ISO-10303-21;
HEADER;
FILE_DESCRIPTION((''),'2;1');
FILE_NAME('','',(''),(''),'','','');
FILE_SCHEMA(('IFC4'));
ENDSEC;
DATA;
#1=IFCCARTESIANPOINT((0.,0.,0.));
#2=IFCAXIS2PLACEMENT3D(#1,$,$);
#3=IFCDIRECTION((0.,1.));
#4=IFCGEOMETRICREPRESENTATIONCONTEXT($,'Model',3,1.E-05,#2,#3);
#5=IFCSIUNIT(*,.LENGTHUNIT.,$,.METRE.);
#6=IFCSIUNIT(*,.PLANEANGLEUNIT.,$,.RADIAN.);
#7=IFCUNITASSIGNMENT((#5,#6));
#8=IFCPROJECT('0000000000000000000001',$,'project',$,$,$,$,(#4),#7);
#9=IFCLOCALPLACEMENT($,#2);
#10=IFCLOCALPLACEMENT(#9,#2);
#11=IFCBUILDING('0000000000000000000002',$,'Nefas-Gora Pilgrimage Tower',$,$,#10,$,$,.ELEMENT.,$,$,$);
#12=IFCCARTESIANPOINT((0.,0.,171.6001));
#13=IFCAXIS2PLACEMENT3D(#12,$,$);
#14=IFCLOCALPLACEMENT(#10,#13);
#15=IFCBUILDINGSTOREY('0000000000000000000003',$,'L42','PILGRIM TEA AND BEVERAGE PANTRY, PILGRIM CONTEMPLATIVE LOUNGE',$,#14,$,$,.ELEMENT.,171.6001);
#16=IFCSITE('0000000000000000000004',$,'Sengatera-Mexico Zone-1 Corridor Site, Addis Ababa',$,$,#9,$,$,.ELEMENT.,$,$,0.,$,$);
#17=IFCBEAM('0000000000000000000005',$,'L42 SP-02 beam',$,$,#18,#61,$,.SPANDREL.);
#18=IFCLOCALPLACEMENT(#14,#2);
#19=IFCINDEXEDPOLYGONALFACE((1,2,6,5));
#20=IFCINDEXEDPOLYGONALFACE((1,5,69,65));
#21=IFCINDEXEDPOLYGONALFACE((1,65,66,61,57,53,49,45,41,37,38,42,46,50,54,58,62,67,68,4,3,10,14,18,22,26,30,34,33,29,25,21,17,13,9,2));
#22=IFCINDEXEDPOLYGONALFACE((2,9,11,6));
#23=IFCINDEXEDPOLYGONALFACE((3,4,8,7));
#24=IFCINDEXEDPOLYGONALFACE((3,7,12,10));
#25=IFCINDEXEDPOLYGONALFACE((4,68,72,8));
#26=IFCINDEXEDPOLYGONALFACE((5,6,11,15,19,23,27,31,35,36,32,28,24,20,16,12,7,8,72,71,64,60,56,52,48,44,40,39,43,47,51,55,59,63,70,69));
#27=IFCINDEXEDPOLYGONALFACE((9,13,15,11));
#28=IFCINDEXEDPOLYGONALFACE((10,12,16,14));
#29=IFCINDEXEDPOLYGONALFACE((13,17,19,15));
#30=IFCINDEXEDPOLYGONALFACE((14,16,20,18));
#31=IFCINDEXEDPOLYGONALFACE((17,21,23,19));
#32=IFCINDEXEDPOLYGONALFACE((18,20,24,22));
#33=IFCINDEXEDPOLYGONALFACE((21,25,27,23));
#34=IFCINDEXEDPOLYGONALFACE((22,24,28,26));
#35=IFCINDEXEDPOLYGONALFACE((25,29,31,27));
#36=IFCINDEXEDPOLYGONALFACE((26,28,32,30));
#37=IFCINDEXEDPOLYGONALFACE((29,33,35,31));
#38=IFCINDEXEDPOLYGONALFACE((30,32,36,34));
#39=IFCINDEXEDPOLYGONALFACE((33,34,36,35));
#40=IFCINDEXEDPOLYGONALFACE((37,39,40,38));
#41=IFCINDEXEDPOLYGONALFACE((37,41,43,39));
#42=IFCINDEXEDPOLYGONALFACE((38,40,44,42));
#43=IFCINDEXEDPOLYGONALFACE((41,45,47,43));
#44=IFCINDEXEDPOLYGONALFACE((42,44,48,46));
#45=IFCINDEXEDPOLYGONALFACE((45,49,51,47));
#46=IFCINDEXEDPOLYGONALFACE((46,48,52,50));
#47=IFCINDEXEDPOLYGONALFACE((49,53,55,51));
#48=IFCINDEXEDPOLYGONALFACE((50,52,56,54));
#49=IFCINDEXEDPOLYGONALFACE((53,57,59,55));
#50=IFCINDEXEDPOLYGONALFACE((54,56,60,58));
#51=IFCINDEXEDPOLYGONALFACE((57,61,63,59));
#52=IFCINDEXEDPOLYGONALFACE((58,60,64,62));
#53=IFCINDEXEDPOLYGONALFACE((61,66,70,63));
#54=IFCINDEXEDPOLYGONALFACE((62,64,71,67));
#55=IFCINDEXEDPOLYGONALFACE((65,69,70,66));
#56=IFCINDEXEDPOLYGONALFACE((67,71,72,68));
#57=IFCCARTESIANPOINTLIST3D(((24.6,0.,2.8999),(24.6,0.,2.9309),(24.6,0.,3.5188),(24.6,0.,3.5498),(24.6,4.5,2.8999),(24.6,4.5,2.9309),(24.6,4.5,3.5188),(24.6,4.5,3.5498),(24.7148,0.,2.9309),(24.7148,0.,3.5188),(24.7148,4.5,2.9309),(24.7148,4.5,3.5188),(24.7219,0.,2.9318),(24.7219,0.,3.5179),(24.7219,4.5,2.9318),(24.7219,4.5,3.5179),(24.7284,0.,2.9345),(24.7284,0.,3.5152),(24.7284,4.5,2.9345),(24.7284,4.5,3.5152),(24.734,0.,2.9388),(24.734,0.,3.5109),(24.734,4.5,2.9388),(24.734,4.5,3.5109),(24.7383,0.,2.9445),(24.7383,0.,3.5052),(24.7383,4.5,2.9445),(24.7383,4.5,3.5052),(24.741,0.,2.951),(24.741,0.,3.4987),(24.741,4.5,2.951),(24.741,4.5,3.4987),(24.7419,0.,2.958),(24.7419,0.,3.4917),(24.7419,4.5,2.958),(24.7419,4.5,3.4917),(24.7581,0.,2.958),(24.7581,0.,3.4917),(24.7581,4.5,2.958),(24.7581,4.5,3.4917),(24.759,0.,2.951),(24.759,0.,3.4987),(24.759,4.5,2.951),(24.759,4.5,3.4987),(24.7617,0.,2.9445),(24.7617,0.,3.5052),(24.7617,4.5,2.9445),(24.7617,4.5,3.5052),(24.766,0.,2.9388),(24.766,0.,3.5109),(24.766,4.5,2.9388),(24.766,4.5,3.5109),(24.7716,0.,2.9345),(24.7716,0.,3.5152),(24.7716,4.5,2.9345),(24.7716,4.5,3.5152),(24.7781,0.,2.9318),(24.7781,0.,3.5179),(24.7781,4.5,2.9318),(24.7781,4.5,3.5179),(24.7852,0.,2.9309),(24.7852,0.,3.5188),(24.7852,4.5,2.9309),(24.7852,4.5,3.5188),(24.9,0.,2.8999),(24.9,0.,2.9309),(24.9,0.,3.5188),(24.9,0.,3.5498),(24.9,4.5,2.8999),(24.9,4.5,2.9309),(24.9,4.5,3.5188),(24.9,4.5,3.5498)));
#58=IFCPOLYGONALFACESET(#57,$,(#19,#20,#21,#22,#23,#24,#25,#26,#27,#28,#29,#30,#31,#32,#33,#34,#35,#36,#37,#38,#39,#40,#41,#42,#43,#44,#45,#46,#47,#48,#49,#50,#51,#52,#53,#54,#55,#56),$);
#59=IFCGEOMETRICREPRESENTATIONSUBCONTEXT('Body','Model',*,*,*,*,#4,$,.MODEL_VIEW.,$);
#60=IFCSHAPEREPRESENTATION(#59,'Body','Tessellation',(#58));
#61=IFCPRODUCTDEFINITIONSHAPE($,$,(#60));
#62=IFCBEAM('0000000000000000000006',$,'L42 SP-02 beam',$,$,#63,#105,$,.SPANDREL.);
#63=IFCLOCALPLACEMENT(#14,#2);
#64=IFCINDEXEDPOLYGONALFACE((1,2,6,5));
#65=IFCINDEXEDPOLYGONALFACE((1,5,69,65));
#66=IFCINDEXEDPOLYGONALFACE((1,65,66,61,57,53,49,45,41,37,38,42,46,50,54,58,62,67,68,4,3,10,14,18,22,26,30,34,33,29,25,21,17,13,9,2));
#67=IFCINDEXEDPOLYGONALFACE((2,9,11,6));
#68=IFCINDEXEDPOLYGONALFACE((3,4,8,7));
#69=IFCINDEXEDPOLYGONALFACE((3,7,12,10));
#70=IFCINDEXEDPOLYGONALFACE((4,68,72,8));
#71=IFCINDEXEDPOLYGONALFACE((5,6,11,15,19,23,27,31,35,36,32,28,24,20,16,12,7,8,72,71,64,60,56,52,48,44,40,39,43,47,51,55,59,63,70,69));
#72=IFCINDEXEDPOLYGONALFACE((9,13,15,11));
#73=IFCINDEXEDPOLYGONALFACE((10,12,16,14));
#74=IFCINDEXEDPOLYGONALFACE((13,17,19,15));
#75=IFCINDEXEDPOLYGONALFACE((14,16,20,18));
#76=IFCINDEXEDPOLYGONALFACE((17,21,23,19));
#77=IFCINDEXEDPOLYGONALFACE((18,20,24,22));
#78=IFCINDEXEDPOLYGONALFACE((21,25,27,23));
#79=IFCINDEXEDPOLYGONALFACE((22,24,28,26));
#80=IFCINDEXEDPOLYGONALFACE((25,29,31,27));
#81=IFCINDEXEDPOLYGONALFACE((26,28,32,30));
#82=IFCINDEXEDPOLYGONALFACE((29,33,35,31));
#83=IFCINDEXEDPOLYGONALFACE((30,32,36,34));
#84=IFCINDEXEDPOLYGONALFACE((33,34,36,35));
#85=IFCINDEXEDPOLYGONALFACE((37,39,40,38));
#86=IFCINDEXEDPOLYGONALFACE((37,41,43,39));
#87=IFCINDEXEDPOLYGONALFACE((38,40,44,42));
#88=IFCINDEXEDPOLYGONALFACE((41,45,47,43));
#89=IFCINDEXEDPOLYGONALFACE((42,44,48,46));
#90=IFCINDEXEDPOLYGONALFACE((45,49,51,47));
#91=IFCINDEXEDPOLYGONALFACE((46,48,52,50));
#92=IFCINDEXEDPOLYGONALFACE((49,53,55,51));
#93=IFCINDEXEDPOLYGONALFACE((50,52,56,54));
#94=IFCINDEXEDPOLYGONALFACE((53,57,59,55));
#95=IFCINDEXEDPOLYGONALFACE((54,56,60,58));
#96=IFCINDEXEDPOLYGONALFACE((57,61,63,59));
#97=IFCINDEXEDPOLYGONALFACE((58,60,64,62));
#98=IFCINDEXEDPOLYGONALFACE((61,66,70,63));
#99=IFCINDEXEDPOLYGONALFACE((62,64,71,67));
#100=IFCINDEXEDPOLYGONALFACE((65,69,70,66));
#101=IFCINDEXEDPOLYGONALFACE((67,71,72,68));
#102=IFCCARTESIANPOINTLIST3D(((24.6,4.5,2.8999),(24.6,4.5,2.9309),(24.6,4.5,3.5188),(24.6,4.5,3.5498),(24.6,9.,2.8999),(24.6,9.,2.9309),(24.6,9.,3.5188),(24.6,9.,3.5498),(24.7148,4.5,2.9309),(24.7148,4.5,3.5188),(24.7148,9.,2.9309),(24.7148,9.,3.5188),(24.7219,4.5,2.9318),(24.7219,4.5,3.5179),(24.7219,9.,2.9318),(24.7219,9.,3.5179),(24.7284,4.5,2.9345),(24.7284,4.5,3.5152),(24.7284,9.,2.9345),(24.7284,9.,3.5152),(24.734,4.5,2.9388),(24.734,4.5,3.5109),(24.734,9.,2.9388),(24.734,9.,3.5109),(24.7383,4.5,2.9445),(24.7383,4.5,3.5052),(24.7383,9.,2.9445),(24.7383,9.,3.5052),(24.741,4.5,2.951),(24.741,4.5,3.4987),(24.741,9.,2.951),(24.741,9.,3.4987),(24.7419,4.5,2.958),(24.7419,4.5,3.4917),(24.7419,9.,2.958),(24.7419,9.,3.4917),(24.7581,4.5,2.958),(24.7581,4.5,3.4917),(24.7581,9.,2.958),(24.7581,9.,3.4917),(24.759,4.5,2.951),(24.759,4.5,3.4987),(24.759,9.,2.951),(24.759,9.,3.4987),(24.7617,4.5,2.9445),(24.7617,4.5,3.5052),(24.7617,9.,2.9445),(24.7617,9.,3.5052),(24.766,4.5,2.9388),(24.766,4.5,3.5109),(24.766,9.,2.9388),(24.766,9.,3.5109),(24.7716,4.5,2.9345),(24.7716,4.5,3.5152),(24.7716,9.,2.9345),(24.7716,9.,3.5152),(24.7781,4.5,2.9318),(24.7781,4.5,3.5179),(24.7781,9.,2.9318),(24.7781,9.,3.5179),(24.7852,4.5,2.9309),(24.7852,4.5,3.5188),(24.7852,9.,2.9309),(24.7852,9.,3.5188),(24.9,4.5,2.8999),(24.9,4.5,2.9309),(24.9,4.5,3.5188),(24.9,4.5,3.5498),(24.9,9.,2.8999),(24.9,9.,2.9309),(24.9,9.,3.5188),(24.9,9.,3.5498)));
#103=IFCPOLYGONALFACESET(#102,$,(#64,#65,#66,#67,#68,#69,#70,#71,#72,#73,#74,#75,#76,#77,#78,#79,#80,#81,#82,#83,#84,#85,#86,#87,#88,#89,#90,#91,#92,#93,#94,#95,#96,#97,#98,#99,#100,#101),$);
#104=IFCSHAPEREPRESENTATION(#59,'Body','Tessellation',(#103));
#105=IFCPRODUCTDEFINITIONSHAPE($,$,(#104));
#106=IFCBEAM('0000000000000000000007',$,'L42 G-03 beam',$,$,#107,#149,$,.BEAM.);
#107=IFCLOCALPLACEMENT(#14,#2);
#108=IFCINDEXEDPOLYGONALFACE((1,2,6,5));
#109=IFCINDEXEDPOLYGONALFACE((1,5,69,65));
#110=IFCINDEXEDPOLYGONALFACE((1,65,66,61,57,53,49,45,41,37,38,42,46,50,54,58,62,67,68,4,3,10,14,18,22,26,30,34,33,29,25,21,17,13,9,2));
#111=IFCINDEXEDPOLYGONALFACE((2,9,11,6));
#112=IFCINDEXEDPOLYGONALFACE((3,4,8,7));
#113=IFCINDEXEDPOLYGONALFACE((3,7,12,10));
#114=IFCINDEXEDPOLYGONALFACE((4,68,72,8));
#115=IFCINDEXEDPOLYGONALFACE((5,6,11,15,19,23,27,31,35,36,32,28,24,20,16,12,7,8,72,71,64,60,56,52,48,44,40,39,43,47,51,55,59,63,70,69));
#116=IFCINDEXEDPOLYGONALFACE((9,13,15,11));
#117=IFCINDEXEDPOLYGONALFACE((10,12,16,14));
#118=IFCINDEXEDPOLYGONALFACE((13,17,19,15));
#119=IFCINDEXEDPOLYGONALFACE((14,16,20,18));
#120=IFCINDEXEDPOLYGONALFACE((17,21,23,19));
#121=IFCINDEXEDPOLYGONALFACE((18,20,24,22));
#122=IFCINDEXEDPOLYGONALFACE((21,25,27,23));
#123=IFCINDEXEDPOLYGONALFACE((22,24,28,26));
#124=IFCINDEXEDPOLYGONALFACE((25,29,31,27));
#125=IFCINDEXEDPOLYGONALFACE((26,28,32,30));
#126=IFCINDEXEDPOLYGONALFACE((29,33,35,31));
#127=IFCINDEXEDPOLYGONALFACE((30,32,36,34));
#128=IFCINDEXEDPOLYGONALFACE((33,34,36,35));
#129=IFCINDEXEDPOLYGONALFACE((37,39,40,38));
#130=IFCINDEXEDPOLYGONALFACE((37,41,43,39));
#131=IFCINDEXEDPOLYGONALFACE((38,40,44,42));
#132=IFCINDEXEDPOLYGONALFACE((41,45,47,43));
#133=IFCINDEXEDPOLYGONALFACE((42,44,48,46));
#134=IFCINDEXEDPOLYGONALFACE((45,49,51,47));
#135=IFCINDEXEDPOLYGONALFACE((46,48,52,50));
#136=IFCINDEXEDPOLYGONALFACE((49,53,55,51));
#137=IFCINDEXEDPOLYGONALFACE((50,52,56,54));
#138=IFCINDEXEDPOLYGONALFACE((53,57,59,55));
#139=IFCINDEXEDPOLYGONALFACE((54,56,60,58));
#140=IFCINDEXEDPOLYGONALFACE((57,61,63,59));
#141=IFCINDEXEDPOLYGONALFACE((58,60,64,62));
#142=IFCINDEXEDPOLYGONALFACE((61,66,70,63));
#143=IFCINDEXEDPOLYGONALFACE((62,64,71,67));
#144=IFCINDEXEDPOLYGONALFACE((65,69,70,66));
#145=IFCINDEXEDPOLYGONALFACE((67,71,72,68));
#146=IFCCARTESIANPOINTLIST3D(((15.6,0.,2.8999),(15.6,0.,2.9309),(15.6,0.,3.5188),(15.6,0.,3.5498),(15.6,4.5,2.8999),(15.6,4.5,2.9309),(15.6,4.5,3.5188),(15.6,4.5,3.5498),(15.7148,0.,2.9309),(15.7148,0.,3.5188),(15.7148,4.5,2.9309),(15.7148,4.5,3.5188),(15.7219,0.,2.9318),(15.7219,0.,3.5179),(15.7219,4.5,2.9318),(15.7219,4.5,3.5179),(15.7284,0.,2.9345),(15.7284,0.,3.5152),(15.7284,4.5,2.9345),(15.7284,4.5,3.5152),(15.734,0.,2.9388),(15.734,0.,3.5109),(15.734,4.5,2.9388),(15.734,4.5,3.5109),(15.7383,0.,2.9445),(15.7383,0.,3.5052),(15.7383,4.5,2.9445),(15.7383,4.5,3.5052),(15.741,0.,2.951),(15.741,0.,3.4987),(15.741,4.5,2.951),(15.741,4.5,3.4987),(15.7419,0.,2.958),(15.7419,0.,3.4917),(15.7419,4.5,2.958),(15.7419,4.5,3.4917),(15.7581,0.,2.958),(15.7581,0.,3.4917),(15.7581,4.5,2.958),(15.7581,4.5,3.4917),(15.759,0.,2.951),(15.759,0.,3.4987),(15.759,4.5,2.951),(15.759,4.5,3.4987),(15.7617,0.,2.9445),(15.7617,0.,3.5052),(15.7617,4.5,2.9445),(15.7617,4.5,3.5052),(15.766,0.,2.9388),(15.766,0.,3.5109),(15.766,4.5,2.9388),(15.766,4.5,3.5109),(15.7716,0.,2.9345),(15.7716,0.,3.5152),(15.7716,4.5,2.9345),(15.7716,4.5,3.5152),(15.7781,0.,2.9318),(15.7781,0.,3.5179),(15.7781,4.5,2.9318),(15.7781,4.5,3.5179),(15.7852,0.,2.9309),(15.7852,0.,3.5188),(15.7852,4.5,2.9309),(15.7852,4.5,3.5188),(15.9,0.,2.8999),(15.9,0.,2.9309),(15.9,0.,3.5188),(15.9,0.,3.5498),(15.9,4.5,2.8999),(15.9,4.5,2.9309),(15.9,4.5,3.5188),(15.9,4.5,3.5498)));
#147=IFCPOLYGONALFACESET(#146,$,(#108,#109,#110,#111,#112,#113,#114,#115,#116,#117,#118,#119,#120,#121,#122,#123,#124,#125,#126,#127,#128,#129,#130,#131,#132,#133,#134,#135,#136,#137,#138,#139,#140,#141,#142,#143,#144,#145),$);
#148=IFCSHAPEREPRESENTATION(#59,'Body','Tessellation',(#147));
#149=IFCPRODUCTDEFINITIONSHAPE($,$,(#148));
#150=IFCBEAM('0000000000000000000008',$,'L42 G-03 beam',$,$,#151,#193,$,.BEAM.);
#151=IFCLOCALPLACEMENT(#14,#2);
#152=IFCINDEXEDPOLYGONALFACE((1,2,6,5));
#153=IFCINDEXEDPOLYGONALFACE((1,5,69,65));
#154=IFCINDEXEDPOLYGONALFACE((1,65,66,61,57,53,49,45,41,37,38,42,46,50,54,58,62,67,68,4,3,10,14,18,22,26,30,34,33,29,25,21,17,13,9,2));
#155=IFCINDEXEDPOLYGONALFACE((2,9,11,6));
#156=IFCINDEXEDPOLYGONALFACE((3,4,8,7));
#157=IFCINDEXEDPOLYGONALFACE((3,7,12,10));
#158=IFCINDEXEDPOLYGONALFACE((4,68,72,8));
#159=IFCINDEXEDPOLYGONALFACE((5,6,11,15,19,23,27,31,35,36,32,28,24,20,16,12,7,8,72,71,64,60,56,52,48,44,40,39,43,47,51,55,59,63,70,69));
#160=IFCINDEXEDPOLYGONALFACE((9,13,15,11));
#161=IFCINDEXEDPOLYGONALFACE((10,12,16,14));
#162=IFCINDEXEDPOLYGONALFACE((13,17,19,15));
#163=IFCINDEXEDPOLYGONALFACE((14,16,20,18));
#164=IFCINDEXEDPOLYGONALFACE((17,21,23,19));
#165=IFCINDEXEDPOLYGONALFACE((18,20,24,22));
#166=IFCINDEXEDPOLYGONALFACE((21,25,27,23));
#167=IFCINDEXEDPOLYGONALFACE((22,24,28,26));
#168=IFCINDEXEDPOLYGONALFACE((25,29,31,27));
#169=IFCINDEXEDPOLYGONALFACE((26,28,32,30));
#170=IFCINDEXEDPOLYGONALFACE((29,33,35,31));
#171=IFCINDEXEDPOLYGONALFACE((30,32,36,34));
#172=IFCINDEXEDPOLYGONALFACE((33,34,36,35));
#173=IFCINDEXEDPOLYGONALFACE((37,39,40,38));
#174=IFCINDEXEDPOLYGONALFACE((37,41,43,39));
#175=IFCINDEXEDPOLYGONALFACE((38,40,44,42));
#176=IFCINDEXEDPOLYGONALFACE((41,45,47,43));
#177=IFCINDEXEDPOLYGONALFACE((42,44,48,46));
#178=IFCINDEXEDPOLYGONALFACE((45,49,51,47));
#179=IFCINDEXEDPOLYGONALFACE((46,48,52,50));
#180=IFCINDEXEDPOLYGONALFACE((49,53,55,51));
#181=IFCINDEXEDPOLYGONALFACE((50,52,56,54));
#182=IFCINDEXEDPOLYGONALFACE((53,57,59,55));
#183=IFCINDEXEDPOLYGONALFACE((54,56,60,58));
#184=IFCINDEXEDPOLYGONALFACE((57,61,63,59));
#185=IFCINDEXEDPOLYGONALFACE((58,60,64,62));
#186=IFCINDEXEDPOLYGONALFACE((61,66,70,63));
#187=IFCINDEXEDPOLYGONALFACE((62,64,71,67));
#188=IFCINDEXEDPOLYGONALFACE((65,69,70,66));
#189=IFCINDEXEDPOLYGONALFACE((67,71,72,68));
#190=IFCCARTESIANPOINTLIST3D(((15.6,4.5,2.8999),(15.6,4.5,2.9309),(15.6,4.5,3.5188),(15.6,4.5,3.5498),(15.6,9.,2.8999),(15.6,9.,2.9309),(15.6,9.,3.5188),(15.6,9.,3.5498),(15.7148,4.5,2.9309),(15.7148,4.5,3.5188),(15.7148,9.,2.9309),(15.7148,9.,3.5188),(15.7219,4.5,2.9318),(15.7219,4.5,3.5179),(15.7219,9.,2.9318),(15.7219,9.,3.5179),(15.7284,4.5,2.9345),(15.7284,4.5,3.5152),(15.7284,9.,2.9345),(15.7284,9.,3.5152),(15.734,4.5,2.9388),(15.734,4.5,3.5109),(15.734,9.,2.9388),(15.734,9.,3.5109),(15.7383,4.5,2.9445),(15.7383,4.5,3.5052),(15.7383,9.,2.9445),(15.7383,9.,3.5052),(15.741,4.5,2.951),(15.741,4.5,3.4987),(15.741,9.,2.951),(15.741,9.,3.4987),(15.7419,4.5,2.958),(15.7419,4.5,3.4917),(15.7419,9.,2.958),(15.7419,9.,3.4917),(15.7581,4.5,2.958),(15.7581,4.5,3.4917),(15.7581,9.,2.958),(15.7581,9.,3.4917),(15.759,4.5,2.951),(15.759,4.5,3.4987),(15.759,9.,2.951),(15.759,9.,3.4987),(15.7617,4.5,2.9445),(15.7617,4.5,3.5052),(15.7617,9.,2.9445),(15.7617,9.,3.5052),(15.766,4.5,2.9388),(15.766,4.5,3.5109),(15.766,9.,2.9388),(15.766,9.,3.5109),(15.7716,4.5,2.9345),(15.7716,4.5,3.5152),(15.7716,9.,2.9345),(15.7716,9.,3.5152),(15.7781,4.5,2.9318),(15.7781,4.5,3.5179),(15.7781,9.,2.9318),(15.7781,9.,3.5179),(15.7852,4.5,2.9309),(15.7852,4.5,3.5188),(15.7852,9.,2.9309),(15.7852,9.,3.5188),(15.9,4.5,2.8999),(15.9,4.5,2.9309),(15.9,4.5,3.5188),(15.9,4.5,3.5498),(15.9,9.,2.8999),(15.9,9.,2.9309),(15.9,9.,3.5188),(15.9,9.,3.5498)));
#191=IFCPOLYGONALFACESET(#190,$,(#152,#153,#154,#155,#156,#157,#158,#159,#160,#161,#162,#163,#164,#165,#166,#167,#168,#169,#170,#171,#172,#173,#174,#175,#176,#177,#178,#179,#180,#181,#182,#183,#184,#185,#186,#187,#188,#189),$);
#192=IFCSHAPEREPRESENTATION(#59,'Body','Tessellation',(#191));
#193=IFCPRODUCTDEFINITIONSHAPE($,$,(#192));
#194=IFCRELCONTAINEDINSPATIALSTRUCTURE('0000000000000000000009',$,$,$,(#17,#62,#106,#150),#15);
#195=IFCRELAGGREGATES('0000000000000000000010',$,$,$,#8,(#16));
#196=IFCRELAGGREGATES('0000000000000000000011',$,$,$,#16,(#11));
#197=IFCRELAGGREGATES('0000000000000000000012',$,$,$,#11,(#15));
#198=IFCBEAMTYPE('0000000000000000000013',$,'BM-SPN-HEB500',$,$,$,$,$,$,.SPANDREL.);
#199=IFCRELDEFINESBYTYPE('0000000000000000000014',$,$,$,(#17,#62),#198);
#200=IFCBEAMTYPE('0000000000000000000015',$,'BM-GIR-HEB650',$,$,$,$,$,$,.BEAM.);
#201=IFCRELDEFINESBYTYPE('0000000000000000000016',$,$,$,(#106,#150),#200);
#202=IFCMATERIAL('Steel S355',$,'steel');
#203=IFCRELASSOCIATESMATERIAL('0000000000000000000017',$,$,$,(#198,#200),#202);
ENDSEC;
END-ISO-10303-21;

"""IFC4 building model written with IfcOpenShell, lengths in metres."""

from ifc_helpers import new_model, si_unit, direction, frame, origin, origin_2d, place, context, subcontext, project, spatial, i_section, extrude, source, transform, mapped, material, material_profile, profile_set, type_object, element, save


model = new_model("IFC4")

# Units and contexts
model_context = context("Model", 3, precision=1e-05, world=origin(), true_north=direction((0.0, 1.0)))
body_context = subcontext(model_context, "Body", "Model", "MODEL_VIEW")
ifc_project = project(units=[si_unit("LENGTHUNIT", "METRE"), si_unit("PLANEANGLEUNIT", "RADIAN")], contexts=[model_context])

# Site, building, storey
site_placement = place(None, origin())
site = spatial("IfcSite", under=ifc_project, at=site_placement, Name="Sengatera-Mexico Zone-1 Corridor Site, Addis Ababa", CompositionType="ELEMENT", RefElevation=0.0)
building_placement = place(site_placement, origin())
building = spatial("IfcBuilding", under=site, at=building_placement, Name="Nefas-Gora Pilgrimage Tower", CompositionType="ELEMENT")
storey_placement = place(building_placement, frame((0.0, 0.0, 171.6001)))
storey = spatial("IfcBuildingStorey", under=building, at=storey_placement, Name="L42", Description="PILGRIM TEA AND BEVERAGE PANTRY, PILGRIM CONTEMPLATIVE LOUNGE", CompositionType="ELEMENT", Elevation=171.6001)

# Beams
ifc_material_1 = material(Name="Steel S355", Category="steel")
ifc_material_profile_1 = material_profile(ifc_material_1, i_section(OverallWidth=0.3, OverallDepth=0.6499, WebThickness=0.0161, FlangeThickness=0.031, FilletRadius=0.0271, at=origin_2d()), Name="HEB 650")
ifc_profile_set_1 = profile_set([ifc_material_profile_1], Name="Steel S355")
beam_type_1 = type_object("IfcBeamType", Name="BM-SPN-HEB500", PredefinedType="SPANDREL", material=ifc_profile_set_1)
shared_shape_1 = source(origin(), body_context, "Body", "SweptSolid", [
    extrude(i_section(OverallWidth=0.3, OverallDepth=0.6499, WebThickness=0.0161, FlangeThickness=0.031, FilletRadius=0.0271, at=origin_2d()), origin(), (0.0, 0.0, 1.0), 4.5),
])
for number, where, z_axis, x_axis, name in (
    (1, (24.75, 0.0, 3.2249), (0.0, 1.0, 0.0), (-1.0, 0.0, 0.0), "L42 SP-02 beam"),
    (2, (24.75, 4.5, 3.2249), (0.0, 1.0, 0.0), (-1.0, 0.0, 0.0), "L42 SP-02 beam"),
):
    element("IfcBeam", number, at=place(storey_placement, frame(where, z_axis=z_axis, x_axis=x_axis)), inside=storey, type_object=beam_type_1, Name=name, PredefinedType="SPANDREL", context=body_context, shape_type="MappedRepresentation", body=[
        mapped(shared_shape_1, transform((0.0, 0.0, 0.0), x_axis=(1.0, 0.0, 0.0), y_axis=(0.0, 1.0, 0.0), z_axis=(0.0, 0.0, 1.0), scale=1.0)),
    ])
ifc_material_profile_2 = material_profile(ifc_material_1, i_section(OverallWidth=0.3, OverallDepth=0.6499, WebThickness=0.0161, FlangeThickness=0.031, FilletRadius=0.0271, at=origin_2d()), Name="HEB 650")
ifc_profile_set_2 = profile_set([ifc_material_profile_2], Name="Steel S355")
beam_type_2 = type_object("IfcBeamType", Name="BM-GIR-HEB650", PredefinedType="BEAM", material=ifc_profile_set_2)
shared_shape_2 = source(origin(), body_context, "Body", "SweptSolid", [
    extrude(i_section(OverallWidth=0.3, OverallDepth=0.6499, WebThickness=0.0161, FlangeThickness=0.031, FilletRadius=0.0271, at=origin_2d()), origin(), (0.0, 0.0, 1.0), 4.5),
])
for number, where, z_axis, x_axis, name in (
    (3, (15.75, 0.0, 3.2249), (0.0, 1.0, 0.0), (-1.0, 0.0, 0.0), "L42 G-03 beam"),
    (4, (15.75, 4.5, 3.2249), (0.0, 1.0, 0.0), (-1.0, 0.0, 0.0), "L42 G-03 beam"),
):
    element("IfcBeam", number, at=place(storey_placement, frame(where, z_axis=z_axis, x_axis=x_axis)), inside=storey, type_object=beam_type_2, Name=name, PredefinedType="BEAM", context=body_context, shape_type="MappedRepresentation", body=[
        mapped(shared_shape_2, transform((0.0, 0.0, 0.0), x_axis=(1.0, 0.0, 0.0), y_axis=(0.0, 1.0, 0.0), z_axis=(0.0, 0.0, 1.0), scale=1.0)),
    ])

save(model, "model.ifc")
